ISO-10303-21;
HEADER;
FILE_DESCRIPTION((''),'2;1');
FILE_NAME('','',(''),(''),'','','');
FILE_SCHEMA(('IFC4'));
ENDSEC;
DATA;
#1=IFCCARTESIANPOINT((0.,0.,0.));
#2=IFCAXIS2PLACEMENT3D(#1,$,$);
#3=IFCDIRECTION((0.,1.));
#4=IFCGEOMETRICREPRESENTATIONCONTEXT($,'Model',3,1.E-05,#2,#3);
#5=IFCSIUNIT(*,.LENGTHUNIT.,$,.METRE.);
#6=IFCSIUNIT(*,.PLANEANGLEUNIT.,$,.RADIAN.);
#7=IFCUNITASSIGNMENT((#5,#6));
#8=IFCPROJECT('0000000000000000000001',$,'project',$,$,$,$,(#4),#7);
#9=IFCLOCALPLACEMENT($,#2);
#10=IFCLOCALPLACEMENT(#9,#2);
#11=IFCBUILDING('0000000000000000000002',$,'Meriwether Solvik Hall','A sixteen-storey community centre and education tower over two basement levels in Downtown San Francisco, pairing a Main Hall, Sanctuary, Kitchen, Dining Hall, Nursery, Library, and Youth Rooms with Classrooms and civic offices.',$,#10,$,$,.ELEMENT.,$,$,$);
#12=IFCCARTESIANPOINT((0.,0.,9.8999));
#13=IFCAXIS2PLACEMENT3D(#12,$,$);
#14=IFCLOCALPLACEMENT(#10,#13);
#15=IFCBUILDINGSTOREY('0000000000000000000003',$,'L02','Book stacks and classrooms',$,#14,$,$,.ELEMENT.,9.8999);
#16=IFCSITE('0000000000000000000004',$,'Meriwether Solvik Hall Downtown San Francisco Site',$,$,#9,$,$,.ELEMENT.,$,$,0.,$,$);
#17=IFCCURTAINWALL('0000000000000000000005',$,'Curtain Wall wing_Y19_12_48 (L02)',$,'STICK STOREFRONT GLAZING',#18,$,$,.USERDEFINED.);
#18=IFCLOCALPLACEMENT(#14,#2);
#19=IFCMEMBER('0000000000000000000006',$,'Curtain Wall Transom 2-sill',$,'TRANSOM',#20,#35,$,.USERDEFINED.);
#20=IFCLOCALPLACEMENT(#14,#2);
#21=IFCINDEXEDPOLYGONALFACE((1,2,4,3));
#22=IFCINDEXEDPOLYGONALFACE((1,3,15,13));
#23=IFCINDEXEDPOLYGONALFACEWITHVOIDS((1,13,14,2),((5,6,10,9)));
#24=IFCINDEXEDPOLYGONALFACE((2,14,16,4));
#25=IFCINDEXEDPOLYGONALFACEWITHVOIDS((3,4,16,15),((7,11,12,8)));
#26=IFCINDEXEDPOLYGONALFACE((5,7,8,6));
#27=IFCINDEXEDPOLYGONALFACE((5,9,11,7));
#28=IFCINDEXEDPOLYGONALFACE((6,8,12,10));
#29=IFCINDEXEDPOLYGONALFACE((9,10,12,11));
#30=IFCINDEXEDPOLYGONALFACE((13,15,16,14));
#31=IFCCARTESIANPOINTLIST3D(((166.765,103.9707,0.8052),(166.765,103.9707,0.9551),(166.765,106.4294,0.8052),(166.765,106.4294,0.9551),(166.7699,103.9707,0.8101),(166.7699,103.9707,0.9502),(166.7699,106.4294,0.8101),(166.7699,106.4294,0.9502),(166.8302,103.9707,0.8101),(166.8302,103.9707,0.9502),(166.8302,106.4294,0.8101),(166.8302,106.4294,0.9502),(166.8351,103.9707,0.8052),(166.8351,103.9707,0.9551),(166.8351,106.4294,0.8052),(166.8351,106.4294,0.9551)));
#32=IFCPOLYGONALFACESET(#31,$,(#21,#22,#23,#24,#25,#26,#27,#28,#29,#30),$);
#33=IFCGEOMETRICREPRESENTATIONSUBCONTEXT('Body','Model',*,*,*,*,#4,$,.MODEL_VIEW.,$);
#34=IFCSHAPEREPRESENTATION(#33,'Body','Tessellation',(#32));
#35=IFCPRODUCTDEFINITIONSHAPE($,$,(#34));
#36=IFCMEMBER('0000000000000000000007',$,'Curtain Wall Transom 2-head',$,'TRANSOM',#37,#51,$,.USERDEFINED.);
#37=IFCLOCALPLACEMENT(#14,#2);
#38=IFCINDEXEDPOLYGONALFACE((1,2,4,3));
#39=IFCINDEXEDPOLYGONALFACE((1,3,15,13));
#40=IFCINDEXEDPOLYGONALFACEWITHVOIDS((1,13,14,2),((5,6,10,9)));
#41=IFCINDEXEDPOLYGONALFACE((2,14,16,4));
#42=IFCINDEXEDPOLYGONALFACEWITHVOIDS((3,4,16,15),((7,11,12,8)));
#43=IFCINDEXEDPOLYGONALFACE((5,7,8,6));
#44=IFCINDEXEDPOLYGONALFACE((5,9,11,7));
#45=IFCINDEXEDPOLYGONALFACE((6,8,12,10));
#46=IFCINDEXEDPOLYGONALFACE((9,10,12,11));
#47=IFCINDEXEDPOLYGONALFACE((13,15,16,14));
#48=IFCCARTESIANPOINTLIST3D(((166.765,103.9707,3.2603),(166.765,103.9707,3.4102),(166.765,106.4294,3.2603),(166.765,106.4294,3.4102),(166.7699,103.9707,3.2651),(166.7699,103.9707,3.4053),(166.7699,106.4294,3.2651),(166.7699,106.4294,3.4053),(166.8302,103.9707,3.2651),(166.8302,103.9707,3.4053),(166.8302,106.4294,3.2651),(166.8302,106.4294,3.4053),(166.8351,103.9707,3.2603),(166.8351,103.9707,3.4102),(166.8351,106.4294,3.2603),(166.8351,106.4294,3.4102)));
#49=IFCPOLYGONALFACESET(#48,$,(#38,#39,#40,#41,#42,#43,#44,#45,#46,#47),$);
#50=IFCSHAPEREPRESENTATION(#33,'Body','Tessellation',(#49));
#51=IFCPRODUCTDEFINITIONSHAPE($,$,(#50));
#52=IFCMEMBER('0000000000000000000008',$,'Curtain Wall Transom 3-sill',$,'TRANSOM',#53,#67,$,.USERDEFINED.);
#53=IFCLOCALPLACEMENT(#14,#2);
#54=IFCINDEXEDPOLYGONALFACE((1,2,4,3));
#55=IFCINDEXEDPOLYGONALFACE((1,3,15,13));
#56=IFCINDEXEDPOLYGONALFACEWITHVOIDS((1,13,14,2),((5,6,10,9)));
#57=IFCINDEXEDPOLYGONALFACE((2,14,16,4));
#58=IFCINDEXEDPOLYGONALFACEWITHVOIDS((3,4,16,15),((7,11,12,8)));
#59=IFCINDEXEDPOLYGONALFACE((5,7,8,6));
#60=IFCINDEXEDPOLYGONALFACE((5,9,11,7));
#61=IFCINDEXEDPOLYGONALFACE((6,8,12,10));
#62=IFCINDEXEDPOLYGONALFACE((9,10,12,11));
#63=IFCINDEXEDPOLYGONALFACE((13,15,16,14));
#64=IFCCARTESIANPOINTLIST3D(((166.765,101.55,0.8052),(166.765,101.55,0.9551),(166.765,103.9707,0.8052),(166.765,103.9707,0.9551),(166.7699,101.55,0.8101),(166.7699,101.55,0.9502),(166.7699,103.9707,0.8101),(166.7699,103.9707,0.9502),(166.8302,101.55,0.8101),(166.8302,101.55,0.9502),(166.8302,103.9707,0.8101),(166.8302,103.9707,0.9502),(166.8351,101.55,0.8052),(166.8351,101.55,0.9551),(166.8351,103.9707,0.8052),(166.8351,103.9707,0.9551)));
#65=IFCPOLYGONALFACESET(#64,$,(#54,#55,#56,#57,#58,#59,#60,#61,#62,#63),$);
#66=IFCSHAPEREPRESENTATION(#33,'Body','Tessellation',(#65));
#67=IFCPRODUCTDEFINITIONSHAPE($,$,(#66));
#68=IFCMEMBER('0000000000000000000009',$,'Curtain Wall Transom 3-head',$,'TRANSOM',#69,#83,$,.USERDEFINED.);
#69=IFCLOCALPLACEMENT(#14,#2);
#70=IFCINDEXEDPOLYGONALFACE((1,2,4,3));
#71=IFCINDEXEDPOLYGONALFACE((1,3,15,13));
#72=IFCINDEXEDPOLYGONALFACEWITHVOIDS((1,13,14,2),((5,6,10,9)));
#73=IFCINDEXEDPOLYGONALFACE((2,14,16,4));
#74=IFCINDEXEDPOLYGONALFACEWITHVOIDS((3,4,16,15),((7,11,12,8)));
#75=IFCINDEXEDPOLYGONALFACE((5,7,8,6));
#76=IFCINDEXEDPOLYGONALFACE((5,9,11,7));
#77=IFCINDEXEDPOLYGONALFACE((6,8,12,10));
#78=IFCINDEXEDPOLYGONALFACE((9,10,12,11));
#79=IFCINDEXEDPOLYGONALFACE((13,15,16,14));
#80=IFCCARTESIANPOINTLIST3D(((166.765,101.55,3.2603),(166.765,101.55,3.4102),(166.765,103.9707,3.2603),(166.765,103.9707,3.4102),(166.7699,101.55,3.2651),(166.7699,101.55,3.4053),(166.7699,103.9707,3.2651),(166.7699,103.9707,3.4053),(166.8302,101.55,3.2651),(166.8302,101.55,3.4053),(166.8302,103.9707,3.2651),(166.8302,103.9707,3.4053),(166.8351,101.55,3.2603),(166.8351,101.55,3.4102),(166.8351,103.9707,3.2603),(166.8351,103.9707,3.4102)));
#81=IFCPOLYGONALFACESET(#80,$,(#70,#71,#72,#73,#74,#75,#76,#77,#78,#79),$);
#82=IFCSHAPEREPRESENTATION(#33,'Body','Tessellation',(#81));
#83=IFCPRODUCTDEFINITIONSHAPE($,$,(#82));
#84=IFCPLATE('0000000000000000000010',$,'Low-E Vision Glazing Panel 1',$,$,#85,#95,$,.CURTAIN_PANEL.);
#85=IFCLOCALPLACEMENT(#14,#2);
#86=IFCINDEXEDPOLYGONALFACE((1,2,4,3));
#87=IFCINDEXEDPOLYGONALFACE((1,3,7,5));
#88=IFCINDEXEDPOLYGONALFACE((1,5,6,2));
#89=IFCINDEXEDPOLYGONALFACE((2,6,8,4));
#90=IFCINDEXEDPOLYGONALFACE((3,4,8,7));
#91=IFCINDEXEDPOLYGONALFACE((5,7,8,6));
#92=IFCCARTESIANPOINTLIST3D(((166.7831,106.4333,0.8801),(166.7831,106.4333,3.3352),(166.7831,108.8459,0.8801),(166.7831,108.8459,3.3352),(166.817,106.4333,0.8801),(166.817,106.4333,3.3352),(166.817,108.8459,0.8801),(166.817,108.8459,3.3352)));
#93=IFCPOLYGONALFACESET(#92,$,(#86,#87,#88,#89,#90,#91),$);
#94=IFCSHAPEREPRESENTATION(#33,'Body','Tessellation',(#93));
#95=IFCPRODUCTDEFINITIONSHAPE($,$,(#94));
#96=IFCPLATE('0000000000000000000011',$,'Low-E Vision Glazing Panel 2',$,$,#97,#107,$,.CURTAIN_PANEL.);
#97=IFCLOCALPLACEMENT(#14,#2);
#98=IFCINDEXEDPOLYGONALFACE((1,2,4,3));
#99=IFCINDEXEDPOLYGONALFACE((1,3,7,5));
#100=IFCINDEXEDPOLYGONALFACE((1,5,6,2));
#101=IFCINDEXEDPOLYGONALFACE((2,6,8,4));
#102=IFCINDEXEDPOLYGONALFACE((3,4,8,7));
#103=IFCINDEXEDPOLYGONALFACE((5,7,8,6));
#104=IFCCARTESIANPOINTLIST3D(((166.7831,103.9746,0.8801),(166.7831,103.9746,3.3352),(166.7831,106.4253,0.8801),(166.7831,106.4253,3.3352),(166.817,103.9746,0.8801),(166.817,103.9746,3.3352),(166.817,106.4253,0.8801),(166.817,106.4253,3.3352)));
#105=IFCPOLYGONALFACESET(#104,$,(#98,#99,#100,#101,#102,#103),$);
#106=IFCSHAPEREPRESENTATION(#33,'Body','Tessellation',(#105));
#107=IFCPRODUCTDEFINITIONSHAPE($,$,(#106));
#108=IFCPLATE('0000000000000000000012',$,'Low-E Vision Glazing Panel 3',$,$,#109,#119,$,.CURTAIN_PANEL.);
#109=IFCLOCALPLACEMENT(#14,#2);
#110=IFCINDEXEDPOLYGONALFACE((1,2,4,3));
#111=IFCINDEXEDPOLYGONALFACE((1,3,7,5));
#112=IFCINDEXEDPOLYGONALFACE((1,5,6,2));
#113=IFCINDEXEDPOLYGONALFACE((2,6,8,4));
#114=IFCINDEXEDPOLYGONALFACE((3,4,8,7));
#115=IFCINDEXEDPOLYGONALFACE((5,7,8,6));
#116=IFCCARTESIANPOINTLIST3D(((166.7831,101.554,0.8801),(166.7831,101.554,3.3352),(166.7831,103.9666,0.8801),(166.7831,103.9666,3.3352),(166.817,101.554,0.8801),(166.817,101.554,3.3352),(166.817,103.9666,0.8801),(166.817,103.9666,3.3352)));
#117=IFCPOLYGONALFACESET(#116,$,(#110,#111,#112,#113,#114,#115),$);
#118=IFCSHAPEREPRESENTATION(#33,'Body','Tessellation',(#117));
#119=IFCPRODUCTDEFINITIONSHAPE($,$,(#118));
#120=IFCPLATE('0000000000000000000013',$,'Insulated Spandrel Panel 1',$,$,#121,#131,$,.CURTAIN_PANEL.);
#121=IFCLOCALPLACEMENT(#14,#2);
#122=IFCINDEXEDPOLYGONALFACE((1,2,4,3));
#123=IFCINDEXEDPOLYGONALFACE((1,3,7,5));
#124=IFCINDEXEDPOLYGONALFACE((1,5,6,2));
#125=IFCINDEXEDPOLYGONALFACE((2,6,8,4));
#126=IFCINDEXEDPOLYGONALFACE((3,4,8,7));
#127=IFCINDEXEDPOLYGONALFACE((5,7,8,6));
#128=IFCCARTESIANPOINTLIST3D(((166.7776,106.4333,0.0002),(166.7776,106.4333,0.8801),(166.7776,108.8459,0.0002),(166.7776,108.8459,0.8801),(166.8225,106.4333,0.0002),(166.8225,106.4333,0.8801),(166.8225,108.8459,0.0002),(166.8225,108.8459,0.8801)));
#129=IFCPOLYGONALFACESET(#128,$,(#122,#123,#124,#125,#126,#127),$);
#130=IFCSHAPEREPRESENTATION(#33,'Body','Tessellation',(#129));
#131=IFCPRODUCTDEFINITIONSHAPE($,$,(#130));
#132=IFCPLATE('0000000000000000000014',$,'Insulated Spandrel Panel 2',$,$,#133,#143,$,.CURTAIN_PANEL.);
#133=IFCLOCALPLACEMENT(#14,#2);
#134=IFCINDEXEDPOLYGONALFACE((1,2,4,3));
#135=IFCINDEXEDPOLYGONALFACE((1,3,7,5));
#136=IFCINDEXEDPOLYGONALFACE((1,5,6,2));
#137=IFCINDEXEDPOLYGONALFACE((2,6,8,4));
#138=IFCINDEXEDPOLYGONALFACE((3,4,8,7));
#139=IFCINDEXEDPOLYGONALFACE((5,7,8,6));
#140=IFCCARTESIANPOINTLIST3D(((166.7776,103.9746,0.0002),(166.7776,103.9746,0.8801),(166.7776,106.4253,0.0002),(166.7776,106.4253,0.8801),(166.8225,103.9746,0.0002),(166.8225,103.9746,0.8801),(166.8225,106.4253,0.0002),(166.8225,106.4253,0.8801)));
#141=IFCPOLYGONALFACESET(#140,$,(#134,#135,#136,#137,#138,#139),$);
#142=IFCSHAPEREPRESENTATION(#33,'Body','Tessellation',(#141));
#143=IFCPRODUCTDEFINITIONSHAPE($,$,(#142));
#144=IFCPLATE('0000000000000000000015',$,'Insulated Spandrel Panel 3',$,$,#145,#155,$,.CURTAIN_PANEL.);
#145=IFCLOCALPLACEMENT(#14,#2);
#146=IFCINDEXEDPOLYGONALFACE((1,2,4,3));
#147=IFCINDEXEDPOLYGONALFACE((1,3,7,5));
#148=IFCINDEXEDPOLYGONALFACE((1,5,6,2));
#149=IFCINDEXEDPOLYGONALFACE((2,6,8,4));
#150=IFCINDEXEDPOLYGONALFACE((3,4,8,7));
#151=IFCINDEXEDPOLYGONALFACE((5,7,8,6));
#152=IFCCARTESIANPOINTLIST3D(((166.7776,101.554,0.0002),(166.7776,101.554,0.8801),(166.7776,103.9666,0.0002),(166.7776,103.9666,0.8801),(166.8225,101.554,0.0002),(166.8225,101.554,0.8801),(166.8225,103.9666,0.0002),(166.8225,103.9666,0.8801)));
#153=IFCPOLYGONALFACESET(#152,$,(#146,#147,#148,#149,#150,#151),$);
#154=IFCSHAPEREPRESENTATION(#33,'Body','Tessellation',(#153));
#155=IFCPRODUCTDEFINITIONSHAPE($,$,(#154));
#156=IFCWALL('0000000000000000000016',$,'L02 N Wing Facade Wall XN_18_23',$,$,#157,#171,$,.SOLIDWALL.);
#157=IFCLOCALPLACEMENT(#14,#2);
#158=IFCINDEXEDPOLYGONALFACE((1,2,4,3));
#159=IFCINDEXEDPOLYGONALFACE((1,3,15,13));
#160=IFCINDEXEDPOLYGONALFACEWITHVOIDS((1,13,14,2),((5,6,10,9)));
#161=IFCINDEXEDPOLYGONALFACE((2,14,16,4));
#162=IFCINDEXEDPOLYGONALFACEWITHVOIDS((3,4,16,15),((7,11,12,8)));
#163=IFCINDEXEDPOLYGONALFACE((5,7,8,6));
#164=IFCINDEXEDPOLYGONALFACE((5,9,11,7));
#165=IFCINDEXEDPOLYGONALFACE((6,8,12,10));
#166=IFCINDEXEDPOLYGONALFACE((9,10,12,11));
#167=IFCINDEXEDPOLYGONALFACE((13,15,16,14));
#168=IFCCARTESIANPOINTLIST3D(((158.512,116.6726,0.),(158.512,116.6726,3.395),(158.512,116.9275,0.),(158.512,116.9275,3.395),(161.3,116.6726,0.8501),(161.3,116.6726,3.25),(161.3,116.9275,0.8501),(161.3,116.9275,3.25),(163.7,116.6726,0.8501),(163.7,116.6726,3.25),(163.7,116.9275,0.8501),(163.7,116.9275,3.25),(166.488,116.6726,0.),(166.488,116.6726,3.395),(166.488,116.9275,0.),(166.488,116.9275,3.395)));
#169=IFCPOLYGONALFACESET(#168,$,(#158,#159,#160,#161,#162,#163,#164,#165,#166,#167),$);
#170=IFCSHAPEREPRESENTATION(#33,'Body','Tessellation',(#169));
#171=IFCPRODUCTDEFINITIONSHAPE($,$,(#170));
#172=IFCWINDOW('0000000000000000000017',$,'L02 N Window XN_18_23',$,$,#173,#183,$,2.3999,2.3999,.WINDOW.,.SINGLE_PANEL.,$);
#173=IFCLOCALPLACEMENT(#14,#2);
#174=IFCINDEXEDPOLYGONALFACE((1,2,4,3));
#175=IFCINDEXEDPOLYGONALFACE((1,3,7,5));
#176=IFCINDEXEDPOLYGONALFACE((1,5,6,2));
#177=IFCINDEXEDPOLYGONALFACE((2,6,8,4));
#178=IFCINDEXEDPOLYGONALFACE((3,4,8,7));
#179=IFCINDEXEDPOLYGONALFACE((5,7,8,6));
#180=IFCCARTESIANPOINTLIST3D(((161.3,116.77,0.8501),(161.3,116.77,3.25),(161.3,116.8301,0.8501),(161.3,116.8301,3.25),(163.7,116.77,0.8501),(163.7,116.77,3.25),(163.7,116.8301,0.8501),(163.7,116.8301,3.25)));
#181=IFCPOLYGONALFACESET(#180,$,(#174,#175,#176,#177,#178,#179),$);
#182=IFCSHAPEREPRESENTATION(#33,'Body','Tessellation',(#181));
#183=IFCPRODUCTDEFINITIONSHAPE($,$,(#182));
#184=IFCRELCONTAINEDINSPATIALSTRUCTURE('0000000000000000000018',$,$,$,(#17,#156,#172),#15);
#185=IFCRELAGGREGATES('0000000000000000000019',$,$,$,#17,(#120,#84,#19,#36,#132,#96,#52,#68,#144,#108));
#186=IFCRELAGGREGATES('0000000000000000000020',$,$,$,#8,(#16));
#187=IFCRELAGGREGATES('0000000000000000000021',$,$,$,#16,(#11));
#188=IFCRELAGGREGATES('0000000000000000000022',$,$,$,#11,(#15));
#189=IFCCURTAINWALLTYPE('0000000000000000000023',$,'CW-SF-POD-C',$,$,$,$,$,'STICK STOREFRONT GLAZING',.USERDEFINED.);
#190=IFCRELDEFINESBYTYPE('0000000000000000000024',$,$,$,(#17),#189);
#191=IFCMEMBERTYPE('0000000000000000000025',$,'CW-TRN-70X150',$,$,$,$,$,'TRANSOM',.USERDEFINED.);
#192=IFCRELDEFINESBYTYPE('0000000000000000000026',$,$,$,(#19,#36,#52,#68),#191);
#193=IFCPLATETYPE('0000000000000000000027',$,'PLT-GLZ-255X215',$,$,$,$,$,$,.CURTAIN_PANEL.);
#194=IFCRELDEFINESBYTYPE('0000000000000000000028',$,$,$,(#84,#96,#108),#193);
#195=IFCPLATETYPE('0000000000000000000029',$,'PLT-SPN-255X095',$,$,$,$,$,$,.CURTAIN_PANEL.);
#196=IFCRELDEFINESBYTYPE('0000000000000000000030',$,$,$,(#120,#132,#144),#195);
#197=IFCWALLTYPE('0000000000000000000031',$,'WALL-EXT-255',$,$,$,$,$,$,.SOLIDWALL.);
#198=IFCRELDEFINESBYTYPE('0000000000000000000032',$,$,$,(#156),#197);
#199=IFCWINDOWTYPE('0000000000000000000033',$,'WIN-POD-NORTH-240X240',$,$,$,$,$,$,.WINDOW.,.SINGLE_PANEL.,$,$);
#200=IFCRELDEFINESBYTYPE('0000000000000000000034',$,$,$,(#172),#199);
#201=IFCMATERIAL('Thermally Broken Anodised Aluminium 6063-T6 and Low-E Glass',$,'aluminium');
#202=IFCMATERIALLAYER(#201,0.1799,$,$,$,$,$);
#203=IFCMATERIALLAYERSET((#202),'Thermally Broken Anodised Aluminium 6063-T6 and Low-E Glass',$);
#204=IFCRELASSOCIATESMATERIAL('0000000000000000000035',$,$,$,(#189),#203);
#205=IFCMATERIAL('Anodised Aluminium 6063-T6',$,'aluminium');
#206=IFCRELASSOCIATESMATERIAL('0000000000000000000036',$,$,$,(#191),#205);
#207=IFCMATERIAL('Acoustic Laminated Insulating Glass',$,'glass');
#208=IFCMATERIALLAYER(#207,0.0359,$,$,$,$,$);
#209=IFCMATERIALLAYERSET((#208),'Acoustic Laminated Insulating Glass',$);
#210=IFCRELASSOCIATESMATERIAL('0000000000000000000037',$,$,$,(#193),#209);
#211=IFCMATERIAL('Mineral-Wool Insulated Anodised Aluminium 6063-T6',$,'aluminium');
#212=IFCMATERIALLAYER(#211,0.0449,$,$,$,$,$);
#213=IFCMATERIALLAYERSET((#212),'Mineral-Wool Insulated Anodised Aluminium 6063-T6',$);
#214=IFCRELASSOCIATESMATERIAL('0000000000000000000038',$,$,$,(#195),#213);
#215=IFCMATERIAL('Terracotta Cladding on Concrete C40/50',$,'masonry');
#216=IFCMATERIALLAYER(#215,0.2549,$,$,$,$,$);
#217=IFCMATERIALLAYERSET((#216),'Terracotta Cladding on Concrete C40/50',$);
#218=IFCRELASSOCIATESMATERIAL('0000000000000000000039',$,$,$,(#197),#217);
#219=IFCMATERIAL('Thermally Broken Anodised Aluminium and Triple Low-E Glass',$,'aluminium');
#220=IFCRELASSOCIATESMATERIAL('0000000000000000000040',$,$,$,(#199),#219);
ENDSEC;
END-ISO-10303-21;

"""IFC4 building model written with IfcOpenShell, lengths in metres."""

from ifc_helpers import new_model, si_unit, direction, frame, frame_2d, origin, origin_2d, place, context, subcontext, project, spatial, rectangle, hollow_rectangle, extrude, material, layer, layer_set, material_profile, profile_set, type_object, element, fill, aggregate, save


model = new_model("IFC4")

# Units and contexts
model_context = context("Model", 3, precision=1e-05, world=origin(), true_north=direction((0.0, 1.0)))
body_context = subcontext(model_context, "Body", "Model", "MODEL_VIEW")
ifc_project = project(units=[si_unit("LENGTHUNIT", "METRE"), si_unit("PLANEANGLEUNIT", "RADIAN")], contexts=[model_context])

# Site, building, storey
site_placement = place(None, origin())
site = spatial("IfcSite", under=ifc_project, at=site_placement, Name="Meriwether Solvik Hall Downtown San Francisco Site", CompositionType="ELEMENT", RefElevation=0.0)
building_placement = place(site_placement, origin())
building = spatial("IfcBuilding", under=site, at=building_placement, Name="Meriwether Solvik Hall", Description="A sixteen-storey community centre and education tower over two basement levels in Downtown San Francisco, pairing a Main Hall, Sanctuary, Kitchen, Dining Hall, Nursery, Library, and Youth Rooms with Classrooms and civic offices.", CompositionType="ELEMENT")
storey_placement = place(building_placement, frame((0.0, 0.0, 9.8999)))
storey = spatial("IfcBuildingStorey", under=building, at=storey_placement, Name="L02", Description="Book stacks and classrooms", CompositionType="ELEMENT", Elevation=9.8999)

# Curtain wall, members, plates
ifc_material_1 = material(Name="Thermally Broken Anodised Aluminium 6063-T6 and Low-E Glass", Category="aluminium")
ifc_layer_1 = layer(ifc_material_1, 0.1799)
ifc_layer_set_1 = layer_set([ifc_layer_1], Name="Thermally Broken Anodised Aluminium 6063-T6 and Low-E Glass")
curtain_wall_type = type_object("IfcCurtainWallType", Name="CW-SF-POD-C", ElementType="STICK STOREFRONT GLAZING", PredefinedType="USERDEFINED", material=ifc_layer_set_1)
curtain_wall_placement = place(storey_placement, origin())
curtain_wall = element("IfcCurtainWall", 1, at=curtain_wall_placement, inside=storey, type_object=curtain_wall_type, Name="Curtain Wall wing_Y19_12_48 (L02)", ObjectType="STICK STOREFRONT GLAZING", PredefinedType="USERDEFINED")
ifc_material_2 = material(Name="Anodised Aluminium 6063-T6", Category="aluminium")
ifc_material_profile_1 = material_profile(ifc_material_2, hollow_rectangle(XDim=0.0701, YDim=0.1499, WallThickness=0.0049, at=origin_2d()), Name="CWT-70X150")
ifc_profile_set_1 = profile_set([ifc_material_profile_1], Name="Anodised Aluminium 6063-T6")
member_type_1 = type_object("IfcMemberType", Name="CW-TRN-70X150", ElementType="TRANSOM", PredefinedType="USERDEFINED", material=ifc_profile_set_1)
member_1_placement = place(storey_placement, frame((166.8, 106.4294, 0.8801), z_axis=(0.0, -1.0, 0.0), x_axis=(1.0, 0.0, 0.0)))
member_1 = element("IfcMember", 2, at=member_1_placement, type_object=member_type_1, Name="Curtain Wall Transom 2-sill", ObjectType="TRANSOM", PredefinedType="USERDEFINED", context=body_context, shape_type="SweptSolid", body=[
    extrude(hollow_rectangle(XDim=0.0701, YDim=0.1499, WallThickness=0.0049, at=origin_2d()), origin(), (0.0, 0.0, 1.0), 2.4587),
])
member_2_placement = place(storey_placement, frame((166.8, 106.4294, 3.3352), z_axis=(0.0, -1.0, 0.0), x_axis=(1.0, 0.0, 0.0)))
member_2 = element("IfcMember", 3, at=member_2_placement, type_object=member_type_1, Name="Curtain Wall Transom 2-head", ObjectType="TRANSOM", PredefinedType="USERDEFINED", context=body_context, shape_type="SweptSolid", body=[
    extrude(hollow_rectangle(XDim=0.0701, YDim=0.1499, WallThickness=0.0049, at=origin_2d()), origin(), (0.0, 0.0, 1.0), 2.4587),
])
member_3_placement = place(storey_placement, frame((166.8, 103.9707, 0.8801), z_axis=(0.0, -1.0, 0.0), x_axis=(1.0, 0.0, 0.0)))
member_3 = element("IfcMember", 4, at=member_3_placement, type_object=member_type_1, Name="Curtain Wall Transom 3-sill", ObjectType="TRANSOM", PredefinedType="USERDEFINED", context=body_context, shape_type="SweptSolid", body=[
    extrude(hollow_rectangle(XDim=0.0701, YDim=0.1499, WallThickness=0.0049, at=origin_2d()), origin(), (0.0, 0.0, 1.0), 2.4207),
])
member_4_placement = place(storey_placement, frame((166.8, 103.9707, 3.3352), z_axis=(0.0, -1.0, 0.0), x_axis=(1.0, 0.0, 0.0)))
member_4 = element("IfcMember", 5, at=member_4_placement, type_object=member_type_1, Name="Curtain Wall Transom 3-head", ObjectType="TRANSOM", PredefinedType="USERDEFINED", context=body_context, shape_type="SweptSolid", body=[
    extrude(hollow_rectangle(XDim=0.0701, YDim=0.1499, WallThickness=0.0049, at=origin_2d()), origin(), (0.0, 0.0, 1.0), 2.4207),
])
ifc_material_3 = material(Name="Acoustic Laminated Insulating Glass", Category="glass")
ifc_layer_2 = layer(ifc_material_3, 0.0359)
ifc_layer_set_2 = layer_set([ifc_layer_2], Name="Acoustic Laminated Insulating Glass")
plate_type_1 = type_object("IfcPlateType", Name="PLT-GLZ-255X215", PredefinedType="CURTAIN_PANEL", material=ifc_layer_set_2)
plate_1_placement = place(storey_placement, frame((166.8, 107.6396, 0.8801), z_axis=(0.0, 0.0, 1.0), x_axis=(0.0, -1.0, 0.0)))
plate_1 = element("IfcPlate", 6, at=plate_1_placement, type_object=plate_type_1, Name="Low-E Vision Glazing Panel 1", PredefinedType="CURTAIN_PANEL", context=body_context, shape_type="SweptSolid", body=[
    extrude(rectangle(XDim=2.4126, YDim=0.0339, at=origin_2d()), origin(), (0.0, 0.0, 1.0), 2.4551),
])
plate_2_placement = place(storey_placement, frame((166.8, 105.2, 0.8801), z_axis=(0.0, 0.0, 1.0), x_axis=(0.0, -1.0, 0.0)))
plate_2 = element("IfcPlate", 7, at=plate_2_placement, type_object=plate_type_1, Name="Low-E Vision Glazing Panel 2", PredefinedType="CURTAIN_PANEL", context=body_context, shape_type="SweptSolid", body=[
    extrude(rectangle(XDim=2.4507, YDim=0.0339, at=origin_2d()), origin(), (0.0, 0.0, 1.0), 2.4551),
])
plate_3_placement = place(storey_placement, frame((166.8, 102.7603, 0.8801), z_axis=(0.0, 0.0, 1.0), x_axis=(0.0, -1.0, 0.0)))
plate_3 = element("IfcPlate", 8, at=plate_3_placement, type_object=plate_type_1, Name="Low-E Vision Glazing Panel 3", PredefinedType="CURTAIN_PANEL", context=body_context, shape_type="SweptSolid", body=[
    extrude(rectangle(XDim=2.4126, YDim=0.0339, at=origin_2d()), origin(), (0.0, 0.0, 1.0), 2.4551),
])
ifc_material_4 = material(Name="Mineral-Wool Insulated Anodised Aluminium 6063-T6", Category="aluminium")
ifc_layer_3 = layer(ifc_material_4, 0.0449)
ifc_layer_set_3 = layer_set([ifc_layer_3], Name="Mineral-Wool Insulated Anodised Aluminium 6063-T6")
plate_type_2 = type_object("IfcPlateType", Name="PLT-SPN-255X095", PredefinedType="CURTAIN_PANEL", material=ifc_layer_set_3)
plate_4_placement = place(storey_placement, frame((166.8, 107.6396, 0.0002), z_axis=(0.0, 0.0, 1.0), x_axis=(0.0, -1.0, 0.0)))
plate_4 = element("IfcPlate", 9, at=plate_4_placement, type_object=plate_type_2, Name="Insulated Spandrel Panel 1", PredefinedType="CURTAIN_PANEL", context=body_context, shape_type="SweptSolid", body=[
    extrude(rectangle(XDim=2.4126, YDim=0.0449, at=origin_2d()), origin(), (0.0, 0.0, 1.0), 0.8799),
])
plate_5_placement = place(storey_placement, frame((166.8, 105.2, 0.0002), z_axis=(0.0, 0.0, 1.0), x_axis=(0.0, -1.0, 0.0)))
plate_5 = element("IfcPlate", 10, at=plate_5_placement, type_object=plate_type_2, Name="Insulated Spandrel Panel 2", PredefinedType="CURTAIN_PANEL", context=body_context, shape_type="SweptSolid", body=[
    extrude(rectangle(XDim=2.4507, YDim=0.0449, at=origin_2d()), origin(), (0.0, 0.0, 1.0), 0.8799),
])
plate_6_placement = place(storey_placement, frame((166.8, 102.7603, 0.0002), z_axis=(0.0, 0.0, 1.0), x_axis=(0.0, -1.0, 0.0)))
plate_6 = element("IfcPlate", 11, at=plate_6_placement, type_object=plate_type_2, Name="Insulated Spandrel Panel 3", PredefinedType="CURTAIN_PANEL", context=body_context, shape_type="SweptSolid", body=[
    extrude(rectangle(XDim=2.4126, YDim=0.0449, at=origin_2d()), origin(), (0.0, 0.0, 1.0), 0.8799),
])
aggregate(curtain_wall, [plate_4, plate_1, member_1, member_2, plate_5, plate_2, member_3, member_4, plate_6, plate_3])

# Wall, opening, window
ifc_material_5 = material(Name="Terracotta Cladding on Concrete C40/50", Category="masonry")
ifc_layer_4 = layer(ifc_material_5, 0.2549)
ifc_layer_set_4 = layer_set([ifc_layer_4], Name="Terracotta Cladding on Concrete C40/50")
wall_type_1 = type_object("IfcWallType", Name="WALL-EXT-255", PredefinedType="SOLIDWALL", material=ifc_layer_set_4)
wall_1_placement = place(storey_placement, frame((158.512, 116.8, 0.0), z_axis=(0.0, 0.0, 1.0), x_axis=(1.0, 0.0, 0.0)))
wall_1 = element("IfcWall", 12, at=wall_1_placement, inside=storey, type_object=wall_type_1, Name="L02 N Wing Facade Wall XN_18_23", PredefinedType="SOLIDWALL", context=body_context, shape_type="SweptSolid", body=[
    extrude(rectangle(XDim=7.9761, YDim=0.2549, at=frame_2d((3.988, 0.0))), origin(), (0.0, 0.0, 1.0), 3.395),
])
opening_1_placement = place(wall_1_placement, frame((2.7881, 0.0, 0.8501)))
opening_1 = element("IfcOpeningElement", 13, at=opening_1_placement, cuts=wall_1, PredefinedType="OPENING", context=body_context, shape_type="SweptSolid", body=[
    extrude(rectangle(XDim=2.3999, YDim=2.3999, at=frame_2d((1.2, 1.2))), frame((0.0, 0.1394, 0.0), z_axis=(0.0, -1.0, 0.0), x_axis=(1.0, 0.0, 0.0)), (0.0, 0.0, 1.0), 0.2788),
])
ifc_material_6 = material(Name="Thermally Broken Anodised Aluminium and Triple Low-E Glass", Category="aluminium")
window_type_1 = type_object("IfcWindowType", Name="WIN-POD-NORTH-240X240", PartitioningType="SINGLE_PANEL", PredefinedType="WINDOW", material=ifc_material_6)
window_1_placement = place(opening_1_placement, origin())
window_1 = element("IfcWindow", 14, at=window_1_placement, inside=storey, type_object=window_type_1, Name="L02 N Window XN_18_23", OverallHeight=2.3999, OverallWidth=2.3999, PartitioningType="SINGLE_PANEL", PredefinedType="WINDOW", context=body_context, shape_type="SweptSolid", body=[
    extrude(rectangle(XDim=2.3999, YDim=2.3999, at=frame_2d((1.2, 1.2))), frame((0.0, 0.03, 0.0), z_axis=(0.0, -1.0, 0.0), x_axis=(1.0, 0.0, 0.0)), (0.0, 0.0, 1.0), 0.0601),
])
fill(opening_1, window_1)

save(model, "model.ifc")
